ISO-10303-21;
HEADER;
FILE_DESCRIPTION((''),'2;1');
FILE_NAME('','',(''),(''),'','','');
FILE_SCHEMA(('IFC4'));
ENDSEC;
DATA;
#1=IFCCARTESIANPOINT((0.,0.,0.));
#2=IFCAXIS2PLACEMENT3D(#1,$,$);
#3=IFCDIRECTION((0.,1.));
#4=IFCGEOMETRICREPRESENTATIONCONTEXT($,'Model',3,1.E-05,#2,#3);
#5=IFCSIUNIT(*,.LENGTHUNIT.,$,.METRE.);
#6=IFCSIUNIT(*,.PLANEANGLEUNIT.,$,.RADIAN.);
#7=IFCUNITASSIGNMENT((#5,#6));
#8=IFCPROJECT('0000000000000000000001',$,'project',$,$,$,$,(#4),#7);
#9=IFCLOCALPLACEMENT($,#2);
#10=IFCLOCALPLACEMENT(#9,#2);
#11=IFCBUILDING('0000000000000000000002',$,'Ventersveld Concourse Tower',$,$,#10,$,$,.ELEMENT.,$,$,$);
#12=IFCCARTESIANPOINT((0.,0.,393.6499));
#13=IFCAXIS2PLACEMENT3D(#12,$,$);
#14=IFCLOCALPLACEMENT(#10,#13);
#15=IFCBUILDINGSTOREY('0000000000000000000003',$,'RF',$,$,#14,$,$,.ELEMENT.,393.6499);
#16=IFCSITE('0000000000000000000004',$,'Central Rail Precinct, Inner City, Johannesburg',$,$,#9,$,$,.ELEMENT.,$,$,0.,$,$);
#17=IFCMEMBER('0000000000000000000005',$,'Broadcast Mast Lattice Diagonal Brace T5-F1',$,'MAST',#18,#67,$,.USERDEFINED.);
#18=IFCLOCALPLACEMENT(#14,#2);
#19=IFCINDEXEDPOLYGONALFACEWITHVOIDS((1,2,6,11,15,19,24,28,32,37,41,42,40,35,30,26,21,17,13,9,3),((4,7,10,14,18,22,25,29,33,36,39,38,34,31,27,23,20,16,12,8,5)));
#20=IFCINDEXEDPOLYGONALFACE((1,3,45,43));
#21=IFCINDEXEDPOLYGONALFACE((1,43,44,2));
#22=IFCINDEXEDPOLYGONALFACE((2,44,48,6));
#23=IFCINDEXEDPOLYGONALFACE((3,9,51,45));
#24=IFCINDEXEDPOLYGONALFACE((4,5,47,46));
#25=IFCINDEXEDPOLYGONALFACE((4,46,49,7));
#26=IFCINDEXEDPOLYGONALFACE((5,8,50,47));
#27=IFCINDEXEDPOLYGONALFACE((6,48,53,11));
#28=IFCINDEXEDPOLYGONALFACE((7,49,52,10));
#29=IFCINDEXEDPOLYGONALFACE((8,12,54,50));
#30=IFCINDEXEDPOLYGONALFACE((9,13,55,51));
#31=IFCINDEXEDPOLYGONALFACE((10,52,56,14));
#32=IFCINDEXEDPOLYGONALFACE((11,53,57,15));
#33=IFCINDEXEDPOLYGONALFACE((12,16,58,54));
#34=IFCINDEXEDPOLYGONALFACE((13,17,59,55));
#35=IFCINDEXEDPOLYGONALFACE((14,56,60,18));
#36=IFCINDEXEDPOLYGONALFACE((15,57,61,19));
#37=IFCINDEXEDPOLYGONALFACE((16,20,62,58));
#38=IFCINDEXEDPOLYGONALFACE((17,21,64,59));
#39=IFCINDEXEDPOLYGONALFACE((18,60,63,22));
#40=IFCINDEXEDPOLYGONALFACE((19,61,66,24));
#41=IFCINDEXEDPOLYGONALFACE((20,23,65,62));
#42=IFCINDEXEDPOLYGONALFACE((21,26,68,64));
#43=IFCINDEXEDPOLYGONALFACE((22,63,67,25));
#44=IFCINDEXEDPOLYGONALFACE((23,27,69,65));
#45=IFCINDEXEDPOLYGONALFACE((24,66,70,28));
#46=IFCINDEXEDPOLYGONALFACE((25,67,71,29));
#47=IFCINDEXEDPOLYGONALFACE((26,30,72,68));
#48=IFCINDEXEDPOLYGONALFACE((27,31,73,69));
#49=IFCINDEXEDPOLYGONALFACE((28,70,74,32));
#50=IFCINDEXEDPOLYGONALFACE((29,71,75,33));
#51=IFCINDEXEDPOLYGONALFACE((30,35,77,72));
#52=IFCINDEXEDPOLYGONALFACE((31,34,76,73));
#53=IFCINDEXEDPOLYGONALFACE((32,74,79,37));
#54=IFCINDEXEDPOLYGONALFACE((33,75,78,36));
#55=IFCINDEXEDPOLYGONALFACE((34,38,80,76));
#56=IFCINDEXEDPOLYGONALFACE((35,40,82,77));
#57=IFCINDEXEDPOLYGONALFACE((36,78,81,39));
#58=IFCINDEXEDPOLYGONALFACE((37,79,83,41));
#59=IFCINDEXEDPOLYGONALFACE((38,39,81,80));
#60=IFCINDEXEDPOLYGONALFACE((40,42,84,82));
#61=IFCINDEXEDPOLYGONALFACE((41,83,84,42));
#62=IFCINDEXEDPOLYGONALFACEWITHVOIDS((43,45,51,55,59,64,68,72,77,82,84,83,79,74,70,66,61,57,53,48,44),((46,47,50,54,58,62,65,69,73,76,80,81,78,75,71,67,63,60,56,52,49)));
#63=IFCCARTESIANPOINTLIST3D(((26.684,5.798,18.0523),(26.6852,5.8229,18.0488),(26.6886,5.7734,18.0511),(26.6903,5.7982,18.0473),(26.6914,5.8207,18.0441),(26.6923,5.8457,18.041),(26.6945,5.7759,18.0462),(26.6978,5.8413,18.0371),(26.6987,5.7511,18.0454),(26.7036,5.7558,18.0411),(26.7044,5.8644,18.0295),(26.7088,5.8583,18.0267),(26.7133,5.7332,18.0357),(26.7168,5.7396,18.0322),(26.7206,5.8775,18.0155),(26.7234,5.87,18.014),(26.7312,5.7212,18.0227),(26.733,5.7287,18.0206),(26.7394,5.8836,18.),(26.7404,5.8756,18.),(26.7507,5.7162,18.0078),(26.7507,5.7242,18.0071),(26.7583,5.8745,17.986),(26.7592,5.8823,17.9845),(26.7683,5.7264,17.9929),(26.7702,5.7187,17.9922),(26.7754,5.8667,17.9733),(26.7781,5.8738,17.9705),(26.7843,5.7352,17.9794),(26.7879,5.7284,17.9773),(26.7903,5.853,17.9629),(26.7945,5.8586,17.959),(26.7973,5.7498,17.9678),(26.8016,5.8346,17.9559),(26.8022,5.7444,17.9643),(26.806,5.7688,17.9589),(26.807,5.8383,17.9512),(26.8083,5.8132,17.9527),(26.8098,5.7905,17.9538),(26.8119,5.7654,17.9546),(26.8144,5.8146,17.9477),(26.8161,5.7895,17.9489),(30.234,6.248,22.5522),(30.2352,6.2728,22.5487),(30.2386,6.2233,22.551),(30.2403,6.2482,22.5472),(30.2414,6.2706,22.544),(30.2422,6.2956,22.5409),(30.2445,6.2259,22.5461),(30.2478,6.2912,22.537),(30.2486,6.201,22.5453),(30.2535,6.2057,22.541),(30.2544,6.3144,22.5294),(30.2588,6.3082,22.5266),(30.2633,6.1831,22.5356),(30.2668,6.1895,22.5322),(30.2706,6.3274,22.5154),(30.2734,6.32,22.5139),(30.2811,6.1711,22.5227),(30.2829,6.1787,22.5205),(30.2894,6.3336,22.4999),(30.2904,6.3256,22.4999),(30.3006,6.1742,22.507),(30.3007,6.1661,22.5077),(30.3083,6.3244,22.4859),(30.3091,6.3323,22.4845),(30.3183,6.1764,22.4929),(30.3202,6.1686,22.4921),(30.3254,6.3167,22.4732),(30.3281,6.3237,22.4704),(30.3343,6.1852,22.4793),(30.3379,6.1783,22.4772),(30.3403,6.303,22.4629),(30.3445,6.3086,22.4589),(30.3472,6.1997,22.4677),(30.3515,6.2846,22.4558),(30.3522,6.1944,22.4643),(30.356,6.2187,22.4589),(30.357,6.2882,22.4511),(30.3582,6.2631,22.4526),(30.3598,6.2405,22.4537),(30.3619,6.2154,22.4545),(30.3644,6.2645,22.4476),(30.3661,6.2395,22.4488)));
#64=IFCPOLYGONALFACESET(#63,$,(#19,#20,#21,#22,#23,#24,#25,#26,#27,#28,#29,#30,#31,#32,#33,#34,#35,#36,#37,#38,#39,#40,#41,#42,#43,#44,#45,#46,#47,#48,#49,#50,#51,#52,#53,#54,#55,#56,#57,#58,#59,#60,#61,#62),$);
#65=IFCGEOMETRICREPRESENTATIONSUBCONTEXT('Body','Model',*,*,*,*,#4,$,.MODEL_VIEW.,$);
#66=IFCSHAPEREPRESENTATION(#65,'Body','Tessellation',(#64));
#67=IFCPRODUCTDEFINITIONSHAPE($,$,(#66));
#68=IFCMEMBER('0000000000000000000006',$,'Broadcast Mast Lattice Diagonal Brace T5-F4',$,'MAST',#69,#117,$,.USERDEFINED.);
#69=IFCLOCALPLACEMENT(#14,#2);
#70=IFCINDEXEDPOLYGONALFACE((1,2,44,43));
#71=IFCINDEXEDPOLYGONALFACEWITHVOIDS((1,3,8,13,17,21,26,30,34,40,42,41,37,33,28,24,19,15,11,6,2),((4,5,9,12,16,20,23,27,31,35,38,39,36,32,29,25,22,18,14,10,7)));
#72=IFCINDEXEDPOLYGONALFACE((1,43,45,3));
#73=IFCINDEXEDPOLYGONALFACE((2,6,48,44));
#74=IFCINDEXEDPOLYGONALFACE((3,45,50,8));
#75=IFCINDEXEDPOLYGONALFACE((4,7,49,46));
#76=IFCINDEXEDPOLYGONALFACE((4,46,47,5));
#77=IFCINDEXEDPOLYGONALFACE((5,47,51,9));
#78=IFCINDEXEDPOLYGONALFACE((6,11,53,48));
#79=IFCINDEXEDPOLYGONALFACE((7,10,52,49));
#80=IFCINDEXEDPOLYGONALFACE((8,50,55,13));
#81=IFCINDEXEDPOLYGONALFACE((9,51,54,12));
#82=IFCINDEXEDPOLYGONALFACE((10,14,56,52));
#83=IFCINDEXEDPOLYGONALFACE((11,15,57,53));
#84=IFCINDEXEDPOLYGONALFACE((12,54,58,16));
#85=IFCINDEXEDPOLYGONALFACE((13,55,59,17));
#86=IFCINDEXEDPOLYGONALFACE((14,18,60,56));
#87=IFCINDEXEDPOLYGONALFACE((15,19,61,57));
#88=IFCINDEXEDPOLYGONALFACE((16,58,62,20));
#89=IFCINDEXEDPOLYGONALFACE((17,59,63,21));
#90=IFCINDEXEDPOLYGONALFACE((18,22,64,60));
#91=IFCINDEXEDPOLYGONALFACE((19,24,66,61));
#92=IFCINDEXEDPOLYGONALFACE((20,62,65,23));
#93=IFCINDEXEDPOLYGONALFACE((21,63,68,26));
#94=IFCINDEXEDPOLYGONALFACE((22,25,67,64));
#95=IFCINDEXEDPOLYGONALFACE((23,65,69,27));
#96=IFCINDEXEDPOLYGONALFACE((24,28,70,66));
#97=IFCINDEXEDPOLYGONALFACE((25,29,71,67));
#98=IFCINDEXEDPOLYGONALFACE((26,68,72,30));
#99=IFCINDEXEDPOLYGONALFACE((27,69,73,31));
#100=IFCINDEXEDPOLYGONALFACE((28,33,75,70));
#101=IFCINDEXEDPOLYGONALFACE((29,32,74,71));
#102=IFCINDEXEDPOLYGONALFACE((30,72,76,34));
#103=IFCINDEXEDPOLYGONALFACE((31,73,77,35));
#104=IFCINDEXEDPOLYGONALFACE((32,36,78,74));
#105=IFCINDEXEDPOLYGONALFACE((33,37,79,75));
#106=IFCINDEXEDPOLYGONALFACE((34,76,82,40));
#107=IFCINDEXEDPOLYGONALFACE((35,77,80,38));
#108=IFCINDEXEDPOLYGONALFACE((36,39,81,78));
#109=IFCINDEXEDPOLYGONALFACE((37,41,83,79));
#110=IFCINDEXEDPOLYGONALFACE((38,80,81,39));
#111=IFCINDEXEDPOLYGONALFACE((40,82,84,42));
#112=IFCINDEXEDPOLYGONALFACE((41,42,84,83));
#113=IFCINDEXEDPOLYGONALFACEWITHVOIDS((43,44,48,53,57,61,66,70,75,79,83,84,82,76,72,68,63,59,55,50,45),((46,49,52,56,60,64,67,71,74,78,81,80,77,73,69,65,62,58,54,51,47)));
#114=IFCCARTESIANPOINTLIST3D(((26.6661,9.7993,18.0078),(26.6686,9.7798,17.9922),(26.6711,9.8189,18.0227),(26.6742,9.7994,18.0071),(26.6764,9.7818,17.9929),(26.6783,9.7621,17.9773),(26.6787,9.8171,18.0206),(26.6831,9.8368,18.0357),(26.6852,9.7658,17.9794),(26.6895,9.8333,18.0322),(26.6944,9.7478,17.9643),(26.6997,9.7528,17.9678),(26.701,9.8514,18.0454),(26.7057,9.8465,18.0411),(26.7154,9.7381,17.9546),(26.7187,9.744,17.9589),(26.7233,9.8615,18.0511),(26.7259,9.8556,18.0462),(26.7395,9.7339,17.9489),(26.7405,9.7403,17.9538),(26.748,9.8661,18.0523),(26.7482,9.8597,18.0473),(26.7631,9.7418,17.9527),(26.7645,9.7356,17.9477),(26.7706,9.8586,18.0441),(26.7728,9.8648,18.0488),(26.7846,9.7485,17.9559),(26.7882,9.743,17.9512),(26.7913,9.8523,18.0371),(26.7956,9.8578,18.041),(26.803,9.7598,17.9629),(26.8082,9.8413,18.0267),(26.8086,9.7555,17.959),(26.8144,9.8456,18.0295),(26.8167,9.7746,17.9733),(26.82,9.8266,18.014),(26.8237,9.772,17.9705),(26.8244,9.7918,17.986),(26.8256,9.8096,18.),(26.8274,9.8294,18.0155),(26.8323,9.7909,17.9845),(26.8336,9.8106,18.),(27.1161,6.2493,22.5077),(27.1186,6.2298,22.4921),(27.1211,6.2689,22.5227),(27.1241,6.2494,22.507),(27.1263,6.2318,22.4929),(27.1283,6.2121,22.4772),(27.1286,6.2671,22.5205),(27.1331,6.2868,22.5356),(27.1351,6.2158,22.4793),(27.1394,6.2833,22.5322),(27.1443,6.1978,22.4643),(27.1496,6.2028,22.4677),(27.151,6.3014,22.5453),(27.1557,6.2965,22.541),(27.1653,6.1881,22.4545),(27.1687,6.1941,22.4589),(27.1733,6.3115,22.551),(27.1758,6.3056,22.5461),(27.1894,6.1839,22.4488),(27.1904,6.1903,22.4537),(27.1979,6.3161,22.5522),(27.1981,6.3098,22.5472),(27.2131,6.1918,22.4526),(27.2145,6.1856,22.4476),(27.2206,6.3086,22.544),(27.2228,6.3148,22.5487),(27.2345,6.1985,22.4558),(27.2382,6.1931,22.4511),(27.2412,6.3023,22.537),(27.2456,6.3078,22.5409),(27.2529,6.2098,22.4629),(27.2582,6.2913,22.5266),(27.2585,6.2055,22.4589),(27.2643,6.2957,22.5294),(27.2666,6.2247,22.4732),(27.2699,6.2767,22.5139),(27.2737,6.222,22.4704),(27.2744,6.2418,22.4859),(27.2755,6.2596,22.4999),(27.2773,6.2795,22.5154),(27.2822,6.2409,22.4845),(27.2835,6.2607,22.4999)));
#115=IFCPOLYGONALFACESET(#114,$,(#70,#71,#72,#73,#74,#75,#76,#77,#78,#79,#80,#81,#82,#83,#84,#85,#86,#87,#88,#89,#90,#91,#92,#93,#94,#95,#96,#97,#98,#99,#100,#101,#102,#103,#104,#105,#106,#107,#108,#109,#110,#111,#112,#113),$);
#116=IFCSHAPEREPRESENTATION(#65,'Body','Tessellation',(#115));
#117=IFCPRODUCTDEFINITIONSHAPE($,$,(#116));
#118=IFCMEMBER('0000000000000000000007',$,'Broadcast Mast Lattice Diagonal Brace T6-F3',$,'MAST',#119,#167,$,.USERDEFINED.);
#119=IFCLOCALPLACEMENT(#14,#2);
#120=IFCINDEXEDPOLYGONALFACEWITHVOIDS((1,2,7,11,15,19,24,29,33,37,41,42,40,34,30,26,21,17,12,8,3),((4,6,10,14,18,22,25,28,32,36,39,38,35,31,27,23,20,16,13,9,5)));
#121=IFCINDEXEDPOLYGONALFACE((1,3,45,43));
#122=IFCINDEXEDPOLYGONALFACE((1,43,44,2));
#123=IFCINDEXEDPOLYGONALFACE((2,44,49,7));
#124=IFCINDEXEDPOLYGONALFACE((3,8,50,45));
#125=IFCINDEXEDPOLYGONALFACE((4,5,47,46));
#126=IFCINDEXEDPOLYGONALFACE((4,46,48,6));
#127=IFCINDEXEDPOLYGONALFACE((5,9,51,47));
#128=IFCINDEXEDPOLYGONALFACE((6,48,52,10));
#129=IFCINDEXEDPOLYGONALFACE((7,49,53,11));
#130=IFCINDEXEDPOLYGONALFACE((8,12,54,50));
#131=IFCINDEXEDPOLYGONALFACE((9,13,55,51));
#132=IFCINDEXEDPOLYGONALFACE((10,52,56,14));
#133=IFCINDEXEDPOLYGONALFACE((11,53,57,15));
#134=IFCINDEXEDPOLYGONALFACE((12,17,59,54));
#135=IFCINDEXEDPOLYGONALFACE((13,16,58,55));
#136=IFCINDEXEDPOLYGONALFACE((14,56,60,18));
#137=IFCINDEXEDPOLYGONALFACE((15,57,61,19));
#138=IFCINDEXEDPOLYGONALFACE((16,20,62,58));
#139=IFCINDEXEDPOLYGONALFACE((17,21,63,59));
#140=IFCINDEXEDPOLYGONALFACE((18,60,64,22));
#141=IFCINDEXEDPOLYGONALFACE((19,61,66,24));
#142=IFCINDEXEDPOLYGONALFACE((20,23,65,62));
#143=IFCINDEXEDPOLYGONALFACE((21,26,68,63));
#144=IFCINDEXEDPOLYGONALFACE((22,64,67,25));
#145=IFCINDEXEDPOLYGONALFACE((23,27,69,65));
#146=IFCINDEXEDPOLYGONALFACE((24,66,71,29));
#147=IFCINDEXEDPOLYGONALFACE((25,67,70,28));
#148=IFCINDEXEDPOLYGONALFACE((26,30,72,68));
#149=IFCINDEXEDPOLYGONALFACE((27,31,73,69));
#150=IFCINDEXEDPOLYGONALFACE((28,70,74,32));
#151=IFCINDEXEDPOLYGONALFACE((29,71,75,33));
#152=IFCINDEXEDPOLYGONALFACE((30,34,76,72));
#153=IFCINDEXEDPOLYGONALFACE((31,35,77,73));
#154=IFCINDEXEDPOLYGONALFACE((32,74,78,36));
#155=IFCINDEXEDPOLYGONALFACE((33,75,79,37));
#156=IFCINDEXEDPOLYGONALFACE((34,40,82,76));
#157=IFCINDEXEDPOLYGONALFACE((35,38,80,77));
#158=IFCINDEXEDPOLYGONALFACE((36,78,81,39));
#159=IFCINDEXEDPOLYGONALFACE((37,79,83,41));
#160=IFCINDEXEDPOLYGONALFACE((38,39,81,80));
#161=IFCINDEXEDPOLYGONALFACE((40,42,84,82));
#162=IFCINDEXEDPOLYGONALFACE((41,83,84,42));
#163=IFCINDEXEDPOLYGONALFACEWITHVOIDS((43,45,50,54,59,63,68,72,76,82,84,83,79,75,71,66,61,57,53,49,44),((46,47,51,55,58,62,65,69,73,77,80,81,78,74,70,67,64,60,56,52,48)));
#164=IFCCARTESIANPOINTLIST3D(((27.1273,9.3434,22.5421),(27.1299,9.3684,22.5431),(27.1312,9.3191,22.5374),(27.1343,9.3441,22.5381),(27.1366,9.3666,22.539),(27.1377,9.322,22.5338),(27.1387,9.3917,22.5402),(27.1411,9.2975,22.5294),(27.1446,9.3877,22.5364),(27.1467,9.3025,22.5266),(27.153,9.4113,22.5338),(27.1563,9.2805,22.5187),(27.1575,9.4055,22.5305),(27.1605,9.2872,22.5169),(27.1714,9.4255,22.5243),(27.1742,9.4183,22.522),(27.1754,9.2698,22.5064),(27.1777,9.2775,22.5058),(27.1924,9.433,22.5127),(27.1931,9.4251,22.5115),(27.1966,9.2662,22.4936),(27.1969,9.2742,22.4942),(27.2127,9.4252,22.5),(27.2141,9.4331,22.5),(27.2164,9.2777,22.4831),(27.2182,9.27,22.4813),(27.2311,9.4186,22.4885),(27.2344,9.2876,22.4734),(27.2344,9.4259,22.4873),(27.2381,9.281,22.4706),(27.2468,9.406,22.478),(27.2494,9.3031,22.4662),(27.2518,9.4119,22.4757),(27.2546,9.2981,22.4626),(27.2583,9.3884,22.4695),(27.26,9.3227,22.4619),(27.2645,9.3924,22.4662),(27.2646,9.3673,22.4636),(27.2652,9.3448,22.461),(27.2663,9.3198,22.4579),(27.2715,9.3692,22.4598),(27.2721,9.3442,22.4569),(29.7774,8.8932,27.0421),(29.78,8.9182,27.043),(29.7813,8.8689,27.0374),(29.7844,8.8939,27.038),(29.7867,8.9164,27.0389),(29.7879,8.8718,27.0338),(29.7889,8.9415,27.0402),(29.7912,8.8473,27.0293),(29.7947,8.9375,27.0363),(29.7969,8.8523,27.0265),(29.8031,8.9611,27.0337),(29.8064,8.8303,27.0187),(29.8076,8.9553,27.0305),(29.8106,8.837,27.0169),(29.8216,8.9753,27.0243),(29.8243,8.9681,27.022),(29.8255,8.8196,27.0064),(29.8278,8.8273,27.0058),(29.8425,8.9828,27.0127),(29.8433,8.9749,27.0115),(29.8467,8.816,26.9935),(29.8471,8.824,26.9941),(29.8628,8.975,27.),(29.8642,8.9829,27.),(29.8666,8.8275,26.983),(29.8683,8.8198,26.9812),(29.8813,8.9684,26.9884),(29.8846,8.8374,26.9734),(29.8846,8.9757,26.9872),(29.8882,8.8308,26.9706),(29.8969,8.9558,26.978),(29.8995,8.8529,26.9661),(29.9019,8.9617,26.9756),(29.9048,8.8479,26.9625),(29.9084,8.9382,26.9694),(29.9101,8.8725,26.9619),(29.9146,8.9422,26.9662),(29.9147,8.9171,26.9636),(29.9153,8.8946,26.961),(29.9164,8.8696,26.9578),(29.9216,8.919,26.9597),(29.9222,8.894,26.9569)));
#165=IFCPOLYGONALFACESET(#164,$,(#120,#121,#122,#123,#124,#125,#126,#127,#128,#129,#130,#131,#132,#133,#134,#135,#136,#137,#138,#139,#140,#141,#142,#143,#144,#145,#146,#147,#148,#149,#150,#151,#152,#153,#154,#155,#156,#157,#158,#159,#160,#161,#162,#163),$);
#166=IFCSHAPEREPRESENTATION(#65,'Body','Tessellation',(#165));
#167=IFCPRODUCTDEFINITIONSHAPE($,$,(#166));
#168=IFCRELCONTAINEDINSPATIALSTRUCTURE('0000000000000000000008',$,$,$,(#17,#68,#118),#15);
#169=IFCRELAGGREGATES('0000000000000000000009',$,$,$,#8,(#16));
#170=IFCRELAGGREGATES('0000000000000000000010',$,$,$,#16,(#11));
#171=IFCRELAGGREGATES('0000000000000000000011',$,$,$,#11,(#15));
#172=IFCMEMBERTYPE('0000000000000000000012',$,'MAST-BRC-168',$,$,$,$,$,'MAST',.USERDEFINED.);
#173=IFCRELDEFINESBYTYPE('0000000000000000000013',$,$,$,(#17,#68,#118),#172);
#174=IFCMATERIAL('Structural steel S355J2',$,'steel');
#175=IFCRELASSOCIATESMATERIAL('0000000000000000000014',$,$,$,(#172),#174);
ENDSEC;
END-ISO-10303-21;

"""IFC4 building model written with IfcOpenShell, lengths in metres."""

from ifc_helpers import new_model, si_unit, direction, frame, origin, origin_2d, place, context, subcontext, project, spatial, hollow_circle, extrude, material, material_profile, profile_set, type_object, element, save


model = new_model("IFC4")

# Units and contexts
model_context = context("Model", 3, precision=1e-05, world=origin(), true_north=direction((0.0, 1.0)))
body_context = subcontext(model_context, "Body", "Model", "MODEL_VIEW")
ifc_project = project(units=[si_unit("LENGTHUNIT", "METRE"), si_unit("PLANEANGLEUNIT", "RADIAN")], contexts=[model_context])

# Site, building, storey
site_placement = place(None, origin())
site = spatial("IfcSite", under=ifc_project, at=site_placement, Name="Central Rail Precinct, Inner City, Johannesburg", CompositionType="ELEMENT", RefElevation=0.0)
building_placement = place(site_placement, origin())
building = spatial("IfcBuilding", under=site, at=building_placement, Name="Ventersveld Concourse Tower", CompositionType="ELEMENT")
storey_placement = place(building_placement, frame((0.0, 0.0, 393.6499)))
storey = spatial("IfcBuildingStorey", under=building, at=storey_placement, Name="RF", CompositionType="ELEMENT", Elevation=393.6499)

# Members
ifc_material = material(Name="Structural steel S355J2", Category="steel")
ifc_material_profile_1 = material_profile(ifc_material, hollow_circle(Radius=0.0842, WallThickness=0.0081, at=origin_2d()), Name="CHS 168.3x8")
ifc_profile_set_1 = profile_set([ifc_material_profile_1], Name="Structural steel S355J2")
member_type_1 = type_object("IfcMemberType", Name="MAST-BRC-168", ElementType="MAST", PredefinedType="USERDEFINED", material=ifc_profile_set_1)
for number, where, z_axis, x_axis, name in (
    (1, (26.75, 5.8, 18.0), (0.617467, 0.078261, 0.782694), (-0.125739, 0.992063, 0.0), "Broadcast Mast Lattice Diagonal Brace T5-F1"),
    (2, (26.75, 9.8, 18.0), (0.078261, -0.617467, 0.782694), (0.992063, 0.125739, 0.0), "Broadcast Mast Lattice Diagonal Brace T5-F4"),
):
    element("IfcMember", number, at=place(storey_placement, frame(where, z_axis=z_axis, x_axis=x_axis)), inside=storey, type_object=member_type_1, Name=name, ObjectType="MAST", PredefinedType="USERDEFINED", context=body_context, shape_type="SweptSolid", body=[
        extrude(hollow_circle(Radius=0.0842, WallThickness=0.0081, at=origin_2d()), origin(), (0.0, 0.0, 1.0), 5.7493),
    ])
for number, where, z_axis, x_axis, name in (
    (3, (27.2, 9.3501, 22.5), (0.505584, -0.085886, 0.858492), (0.167476, 0.985876, 0.0), "Broadcast Mast Lattice Diagonal Brace T6-F3"),
):
    element("IfcMember", number, at=place(storey_placement, frame(where, z_axis=z_axis, x_axis=x_axis)), inside=storey, type_object=member_type_1, Name=name, ObjectType="MAST", PredefinedType="USERDEFINED", context=body_context, shape_type="SweptSolid", body=[
        extrude(hollow_circle(Radius=0.0842, WallThickness=0.0081, at=origin_2d()), origin(), (0.0, 0.0, 1.0), 5.2417),
    ])

save(model, "model.ifc")
